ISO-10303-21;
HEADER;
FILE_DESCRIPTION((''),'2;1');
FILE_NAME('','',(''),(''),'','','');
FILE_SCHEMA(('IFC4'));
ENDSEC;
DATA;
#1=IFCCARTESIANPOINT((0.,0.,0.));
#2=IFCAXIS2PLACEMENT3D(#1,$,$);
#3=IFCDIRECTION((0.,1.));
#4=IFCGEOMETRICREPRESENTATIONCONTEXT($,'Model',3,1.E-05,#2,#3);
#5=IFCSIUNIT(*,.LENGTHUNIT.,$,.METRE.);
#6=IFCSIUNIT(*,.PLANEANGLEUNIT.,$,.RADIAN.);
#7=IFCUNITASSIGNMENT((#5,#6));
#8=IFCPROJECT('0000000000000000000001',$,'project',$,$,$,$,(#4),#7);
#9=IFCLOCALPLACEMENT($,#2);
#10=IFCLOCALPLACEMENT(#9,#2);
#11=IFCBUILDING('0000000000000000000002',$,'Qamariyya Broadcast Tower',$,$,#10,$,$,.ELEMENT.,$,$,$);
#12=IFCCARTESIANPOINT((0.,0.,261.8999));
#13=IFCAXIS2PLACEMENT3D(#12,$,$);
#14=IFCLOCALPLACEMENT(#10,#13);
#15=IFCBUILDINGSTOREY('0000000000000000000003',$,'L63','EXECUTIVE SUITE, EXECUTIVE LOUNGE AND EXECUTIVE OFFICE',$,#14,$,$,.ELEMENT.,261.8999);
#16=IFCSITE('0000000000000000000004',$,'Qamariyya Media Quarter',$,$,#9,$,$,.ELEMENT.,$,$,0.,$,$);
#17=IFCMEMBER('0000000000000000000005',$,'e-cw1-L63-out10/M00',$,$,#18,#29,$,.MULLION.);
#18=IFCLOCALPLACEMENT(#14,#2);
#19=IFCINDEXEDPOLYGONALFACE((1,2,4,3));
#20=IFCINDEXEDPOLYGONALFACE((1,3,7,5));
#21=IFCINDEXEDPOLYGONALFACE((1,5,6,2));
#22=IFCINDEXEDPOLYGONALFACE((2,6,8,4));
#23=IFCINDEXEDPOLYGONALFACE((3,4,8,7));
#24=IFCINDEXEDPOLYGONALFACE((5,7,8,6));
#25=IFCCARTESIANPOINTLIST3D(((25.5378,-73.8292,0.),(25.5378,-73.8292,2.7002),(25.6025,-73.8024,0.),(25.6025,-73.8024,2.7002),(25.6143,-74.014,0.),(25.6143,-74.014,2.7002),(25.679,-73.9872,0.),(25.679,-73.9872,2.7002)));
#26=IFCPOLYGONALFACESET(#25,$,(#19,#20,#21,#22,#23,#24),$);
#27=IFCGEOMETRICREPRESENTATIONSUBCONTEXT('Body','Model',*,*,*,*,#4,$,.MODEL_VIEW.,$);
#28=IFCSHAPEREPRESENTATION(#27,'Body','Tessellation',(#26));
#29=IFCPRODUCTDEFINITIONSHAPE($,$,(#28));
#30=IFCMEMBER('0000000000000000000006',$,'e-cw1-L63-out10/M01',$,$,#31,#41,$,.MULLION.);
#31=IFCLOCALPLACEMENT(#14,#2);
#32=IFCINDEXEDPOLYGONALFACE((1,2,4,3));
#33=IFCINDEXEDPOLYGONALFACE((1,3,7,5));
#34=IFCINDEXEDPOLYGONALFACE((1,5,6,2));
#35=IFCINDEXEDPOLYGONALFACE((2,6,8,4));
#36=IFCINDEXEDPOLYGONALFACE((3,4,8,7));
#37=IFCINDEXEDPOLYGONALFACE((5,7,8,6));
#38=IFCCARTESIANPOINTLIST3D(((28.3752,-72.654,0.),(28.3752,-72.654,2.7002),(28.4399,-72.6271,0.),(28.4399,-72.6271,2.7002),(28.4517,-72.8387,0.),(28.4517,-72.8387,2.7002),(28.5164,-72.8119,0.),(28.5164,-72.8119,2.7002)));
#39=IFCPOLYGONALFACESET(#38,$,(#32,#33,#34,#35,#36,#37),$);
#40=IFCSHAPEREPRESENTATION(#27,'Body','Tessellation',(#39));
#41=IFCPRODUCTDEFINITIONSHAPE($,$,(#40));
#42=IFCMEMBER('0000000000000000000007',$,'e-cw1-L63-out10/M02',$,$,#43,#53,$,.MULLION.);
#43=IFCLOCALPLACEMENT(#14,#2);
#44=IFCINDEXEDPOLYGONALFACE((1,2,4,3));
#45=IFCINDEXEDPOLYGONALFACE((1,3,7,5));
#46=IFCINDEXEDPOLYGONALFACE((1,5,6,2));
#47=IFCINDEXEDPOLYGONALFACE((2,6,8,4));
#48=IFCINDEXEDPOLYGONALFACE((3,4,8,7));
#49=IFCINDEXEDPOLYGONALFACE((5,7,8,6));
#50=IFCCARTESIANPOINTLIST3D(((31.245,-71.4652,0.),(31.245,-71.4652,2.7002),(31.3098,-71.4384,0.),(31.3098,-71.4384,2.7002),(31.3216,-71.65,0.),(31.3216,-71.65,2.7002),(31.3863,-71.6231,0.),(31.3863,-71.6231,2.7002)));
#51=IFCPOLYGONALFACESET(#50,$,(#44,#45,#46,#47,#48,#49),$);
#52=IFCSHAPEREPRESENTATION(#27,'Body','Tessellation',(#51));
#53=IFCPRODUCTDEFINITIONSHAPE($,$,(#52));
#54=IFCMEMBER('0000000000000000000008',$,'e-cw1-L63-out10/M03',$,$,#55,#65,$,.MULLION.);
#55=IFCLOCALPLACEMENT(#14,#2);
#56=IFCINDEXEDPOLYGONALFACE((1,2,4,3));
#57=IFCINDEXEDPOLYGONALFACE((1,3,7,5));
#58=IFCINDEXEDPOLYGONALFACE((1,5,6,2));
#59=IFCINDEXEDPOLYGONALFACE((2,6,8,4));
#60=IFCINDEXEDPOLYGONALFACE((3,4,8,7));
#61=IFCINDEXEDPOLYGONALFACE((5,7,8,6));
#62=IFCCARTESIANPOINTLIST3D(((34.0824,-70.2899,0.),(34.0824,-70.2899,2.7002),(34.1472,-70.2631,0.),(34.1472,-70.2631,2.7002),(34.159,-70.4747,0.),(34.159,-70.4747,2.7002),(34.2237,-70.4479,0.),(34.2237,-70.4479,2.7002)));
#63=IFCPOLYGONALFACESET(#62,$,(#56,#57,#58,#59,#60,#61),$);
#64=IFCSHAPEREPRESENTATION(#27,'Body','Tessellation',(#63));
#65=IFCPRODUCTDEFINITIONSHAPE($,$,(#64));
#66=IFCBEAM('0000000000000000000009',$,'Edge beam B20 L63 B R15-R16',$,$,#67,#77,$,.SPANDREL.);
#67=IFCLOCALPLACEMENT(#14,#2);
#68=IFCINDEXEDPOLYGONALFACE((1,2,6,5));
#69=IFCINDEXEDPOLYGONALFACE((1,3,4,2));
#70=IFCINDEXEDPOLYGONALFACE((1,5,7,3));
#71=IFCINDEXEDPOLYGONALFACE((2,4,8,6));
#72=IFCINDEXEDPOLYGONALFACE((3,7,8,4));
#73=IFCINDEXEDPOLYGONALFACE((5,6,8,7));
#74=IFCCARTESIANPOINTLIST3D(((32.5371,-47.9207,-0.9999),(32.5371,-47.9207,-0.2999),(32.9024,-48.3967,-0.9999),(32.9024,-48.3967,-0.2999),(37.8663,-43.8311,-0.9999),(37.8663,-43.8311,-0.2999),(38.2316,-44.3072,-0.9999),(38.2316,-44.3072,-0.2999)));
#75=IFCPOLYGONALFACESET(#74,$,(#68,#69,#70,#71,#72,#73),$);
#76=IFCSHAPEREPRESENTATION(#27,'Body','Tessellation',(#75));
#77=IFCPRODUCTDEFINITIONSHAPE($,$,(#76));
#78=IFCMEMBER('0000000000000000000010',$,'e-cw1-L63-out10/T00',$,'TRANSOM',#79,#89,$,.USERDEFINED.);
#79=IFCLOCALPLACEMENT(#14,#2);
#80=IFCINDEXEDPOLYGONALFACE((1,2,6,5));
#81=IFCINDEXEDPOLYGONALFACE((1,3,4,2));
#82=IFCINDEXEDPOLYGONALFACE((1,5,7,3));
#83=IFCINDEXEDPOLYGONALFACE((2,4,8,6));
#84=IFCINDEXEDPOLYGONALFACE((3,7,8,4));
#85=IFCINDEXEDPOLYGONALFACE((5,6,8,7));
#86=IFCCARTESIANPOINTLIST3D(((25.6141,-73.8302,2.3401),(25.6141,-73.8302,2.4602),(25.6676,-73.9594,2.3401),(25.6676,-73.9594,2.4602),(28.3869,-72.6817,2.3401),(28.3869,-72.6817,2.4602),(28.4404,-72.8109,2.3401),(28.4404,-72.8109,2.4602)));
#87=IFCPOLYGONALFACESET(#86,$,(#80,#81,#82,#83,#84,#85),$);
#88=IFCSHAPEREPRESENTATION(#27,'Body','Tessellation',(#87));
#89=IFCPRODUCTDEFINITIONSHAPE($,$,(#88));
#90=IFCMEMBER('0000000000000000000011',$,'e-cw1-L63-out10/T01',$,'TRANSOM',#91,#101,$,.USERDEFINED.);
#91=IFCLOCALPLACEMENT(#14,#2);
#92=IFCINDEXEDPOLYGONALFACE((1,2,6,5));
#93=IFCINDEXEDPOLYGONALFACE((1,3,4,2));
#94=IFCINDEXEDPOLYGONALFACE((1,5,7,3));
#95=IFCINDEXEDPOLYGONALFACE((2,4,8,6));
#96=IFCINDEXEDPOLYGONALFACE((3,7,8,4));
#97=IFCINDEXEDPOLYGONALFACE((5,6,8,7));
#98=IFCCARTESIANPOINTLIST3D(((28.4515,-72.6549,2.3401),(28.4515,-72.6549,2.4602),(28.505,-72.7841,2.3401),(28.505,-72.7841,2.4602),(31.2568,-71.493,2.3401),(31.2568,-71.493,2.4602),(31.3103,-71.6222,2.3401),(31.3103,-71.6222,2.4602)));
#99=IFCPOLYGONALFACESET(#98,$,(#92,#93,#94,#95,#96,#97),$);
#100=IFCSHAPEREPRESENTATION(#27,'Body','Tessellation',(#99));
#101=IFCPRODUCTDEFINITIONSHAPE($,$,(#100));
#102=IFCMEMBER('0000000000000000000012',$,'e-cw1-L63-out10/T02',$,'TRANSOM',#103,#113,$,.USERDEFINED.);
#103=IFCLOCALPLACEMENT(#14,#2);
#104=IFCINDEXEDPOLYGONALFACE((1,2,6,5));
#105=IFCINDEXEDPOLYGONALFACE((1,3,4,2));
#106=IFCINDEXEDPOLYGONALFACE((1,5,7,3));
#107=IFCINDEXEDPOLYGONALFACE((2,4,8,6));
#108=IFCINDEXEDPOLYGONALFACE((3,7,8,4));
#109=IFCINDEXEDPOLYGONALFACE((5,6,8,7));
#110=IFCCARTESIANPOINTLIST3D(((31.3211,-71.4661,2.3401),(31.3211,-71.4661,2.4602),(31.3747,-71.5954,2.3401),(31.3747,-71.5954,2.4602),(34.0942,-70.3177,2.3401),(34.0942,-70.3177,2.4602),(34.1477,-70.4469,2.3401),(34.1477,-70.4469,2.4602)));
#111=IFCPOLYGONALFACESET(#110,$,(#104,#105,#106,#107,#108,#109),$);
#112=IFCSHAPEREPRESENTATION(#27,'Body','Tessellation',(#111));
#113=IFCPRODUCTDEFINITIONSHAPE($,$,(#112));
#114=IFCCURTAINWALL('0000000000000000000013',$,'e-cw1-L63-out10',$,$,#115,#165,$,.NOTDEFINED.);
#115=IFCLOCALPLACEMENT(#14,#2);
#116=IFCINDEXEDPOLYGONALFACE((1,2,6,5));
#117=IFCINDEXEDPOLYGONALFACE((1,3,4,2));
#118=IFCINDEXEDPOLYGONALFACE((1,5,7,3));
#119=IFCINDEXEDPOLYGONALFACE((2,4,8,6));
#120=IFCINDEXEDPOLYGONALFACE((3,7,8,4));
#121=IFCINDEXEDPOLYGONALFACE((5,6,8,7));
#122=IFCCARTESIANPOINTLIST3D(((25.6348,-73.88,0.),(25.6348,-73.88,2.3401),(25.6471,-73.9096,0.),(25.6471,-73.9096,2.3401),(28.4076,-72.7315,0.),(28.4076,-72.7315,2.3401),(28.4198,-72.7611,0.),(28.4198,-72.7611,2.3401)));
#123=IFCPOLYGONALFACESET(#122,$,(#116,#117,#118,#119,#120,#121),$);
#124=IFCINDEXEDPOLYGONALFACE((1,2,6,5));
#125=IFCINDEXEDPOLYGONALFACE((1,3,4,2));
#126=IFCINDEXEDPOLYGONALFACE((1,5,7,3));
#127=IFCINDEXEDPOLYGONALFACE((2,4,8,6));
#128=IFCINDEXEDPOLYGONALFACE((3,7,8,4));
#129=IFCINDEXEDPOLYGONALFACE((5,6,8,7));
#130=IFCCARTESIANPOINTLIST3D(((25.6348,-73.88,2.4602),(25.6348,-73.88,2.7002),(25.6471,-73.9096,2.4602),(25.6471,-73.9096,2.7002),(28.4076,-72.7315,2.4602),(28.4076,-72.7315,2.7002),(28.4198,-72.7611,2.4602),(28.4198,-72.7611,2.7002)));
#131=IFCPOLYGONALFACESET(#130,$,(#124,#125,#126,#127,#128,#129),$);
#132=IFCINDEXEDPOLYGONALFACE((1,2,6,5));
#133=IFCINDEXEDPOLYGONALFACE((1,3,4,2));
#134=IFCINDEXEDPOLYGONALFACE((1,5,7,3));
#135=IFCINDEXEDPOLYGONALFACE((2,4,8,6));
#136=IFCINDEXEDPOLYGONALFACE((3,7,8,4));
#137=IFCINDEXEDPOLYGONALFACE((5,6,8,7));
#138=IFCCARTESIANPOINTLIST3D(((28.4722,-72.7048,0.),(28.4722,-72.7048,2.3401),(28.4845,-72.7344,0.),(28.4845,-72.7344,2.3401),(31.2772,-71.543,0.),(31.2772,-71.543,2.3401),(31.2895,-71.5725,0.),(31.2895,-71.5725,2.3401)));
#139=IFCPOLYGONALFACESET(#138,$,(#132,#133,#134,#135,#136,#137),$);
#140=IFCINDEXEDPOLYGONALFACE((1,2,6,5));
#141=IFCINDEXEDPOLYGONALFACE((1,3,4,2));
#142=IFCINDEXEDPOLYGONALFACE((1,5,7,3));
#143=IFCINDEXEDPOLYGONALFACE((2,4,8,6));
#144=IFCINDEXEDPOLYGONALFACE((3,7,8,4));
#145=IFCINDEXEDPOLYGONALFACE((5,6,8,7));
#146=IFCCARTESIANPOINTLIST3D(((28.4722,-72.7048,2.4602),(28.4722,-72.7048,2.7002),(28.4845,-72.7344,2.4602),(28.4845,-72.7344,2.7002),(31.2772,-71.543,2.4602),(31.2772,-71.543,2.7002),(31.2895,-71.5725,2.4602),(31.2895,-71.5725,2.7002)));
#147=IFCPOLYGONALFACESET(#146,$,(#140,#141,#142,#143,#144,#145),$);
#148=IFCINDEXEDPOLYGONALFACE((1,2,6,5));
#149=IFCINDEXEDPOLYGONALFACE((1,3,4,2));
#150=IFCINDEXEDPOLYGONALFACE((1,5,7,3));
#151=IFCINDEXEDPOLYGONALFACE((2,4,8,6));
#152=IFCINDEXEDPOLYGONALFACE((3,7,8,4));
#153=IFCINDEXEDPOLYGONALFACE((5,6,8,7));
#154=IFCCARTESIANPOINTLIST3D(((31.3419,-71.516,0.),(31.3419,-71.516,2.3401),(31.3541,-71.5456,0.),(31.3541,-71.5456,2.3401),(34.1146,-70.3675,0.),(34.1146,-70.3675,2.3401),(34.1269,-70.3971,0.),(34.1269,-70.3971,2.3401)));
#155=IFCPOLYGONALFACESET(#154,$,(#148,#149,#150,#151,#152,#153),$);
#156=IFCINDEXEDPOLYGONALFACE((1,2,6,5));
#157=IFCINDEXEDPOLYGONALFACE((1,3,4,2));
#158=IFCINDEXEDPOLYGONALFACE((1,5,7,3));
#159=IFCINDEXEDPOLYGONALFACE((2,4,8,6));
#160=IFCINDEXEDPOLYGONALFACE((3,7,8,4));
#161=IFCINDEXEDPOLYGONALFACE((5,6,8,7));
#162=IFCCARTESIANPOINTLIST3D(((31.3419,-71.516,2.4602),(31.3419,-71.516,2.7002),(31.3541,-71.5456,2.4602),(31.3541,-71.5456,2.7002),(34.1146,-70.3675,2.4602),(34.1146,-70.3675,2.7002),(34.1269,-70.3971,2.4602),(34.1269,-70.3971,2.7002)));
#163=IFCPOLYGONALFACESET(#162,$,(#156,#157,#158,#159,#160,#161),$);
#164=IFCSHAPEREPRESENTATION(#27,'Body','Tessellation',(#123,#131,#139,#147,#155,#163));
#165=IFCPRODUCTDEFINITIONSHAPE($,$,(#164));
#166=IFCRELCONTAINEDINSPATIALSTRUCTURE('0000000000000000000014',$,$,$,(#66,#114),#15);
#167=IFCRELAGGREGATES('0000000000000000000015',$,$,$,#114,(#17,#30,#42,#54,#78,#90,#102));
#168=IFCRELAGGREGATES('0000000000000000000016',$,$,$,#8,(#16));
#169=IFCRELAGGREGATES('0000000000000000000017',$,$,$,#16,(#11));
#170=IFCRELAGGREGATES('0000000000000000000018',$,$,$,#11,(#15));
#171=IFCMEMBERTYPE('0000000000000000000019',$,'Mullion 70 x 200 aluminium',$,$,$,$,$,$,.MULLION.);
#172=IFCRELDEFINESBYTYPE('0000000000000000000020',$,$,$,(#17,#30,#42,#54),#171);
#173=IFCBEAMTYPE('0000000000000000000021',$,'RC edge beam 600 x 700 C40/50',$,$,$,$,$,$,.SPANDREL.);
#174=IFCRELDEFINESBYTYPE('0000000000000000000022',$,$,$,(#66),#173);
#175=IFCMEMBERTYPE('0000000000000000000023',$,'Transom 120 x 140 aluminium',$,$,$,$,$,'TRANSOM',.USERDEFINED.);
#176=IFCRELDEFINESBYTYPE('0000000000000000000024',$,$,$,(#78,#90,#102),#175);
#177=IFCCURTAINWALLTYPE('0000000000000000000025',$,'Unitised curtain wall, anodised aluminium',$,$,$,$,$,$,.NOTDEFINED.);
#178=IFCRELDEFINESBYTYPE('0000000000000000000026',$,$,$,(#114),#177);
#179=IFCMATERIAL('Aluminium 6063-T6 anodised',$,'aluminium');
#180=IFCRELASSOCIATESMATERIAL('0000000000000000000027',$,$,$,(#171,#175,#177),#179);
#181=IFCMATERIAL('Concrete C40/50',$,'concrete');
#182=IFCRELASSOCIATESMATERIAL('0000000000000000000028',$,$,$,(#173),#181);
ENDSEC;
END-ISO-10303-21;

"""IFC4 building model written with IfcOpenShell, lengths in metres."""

from ifc_helpers import new_model, si_unit, direction, frame, origin, origin_2d, place, context, subcontext, project, spatial, rectangle, extrude, material, material_profile, profile_set, type_object, element, aggregate, save


model = new_model("IFC4")

# Units and contexts
model_context = context("Model", 3, precision=1e-05, world=origin(), true_north=direction((0.0, 1.0)))
body_context = subcontext(model_context, "Body", "Model", "MODEL_VIEW")
ifc_project = project(units=[si_unit("LENGTHUNIT", "METRE"), si_unit("PLANEANGLEUNIT", "RADIAN")], contexts=[model_context])

# Site, building, storey
site_placement = place(None, origin())
site = spatial("IfcSite", under=ifc_project, at=site_placement, Name="Qamariyya Media Quarter", CompositionType="ELEMENT", RefElevation=0.0)
building_placement = place(site_placement, origin())
building = spatial("IfcBuilding", under=site, at=building_placement, Name="Qamariyya Broadcast Tower", CompositionType="ELEMENT")
storey_placement = place(building_placement, frame((0.0, 0.0, 261.8999)))
storey = spatial("IfcBuildingStorey", under=building, at=storey_placement, Name="L63", Description="EXECUTIVE SUITE, EXECUTIVE LOUNGE AND EXECUTIVE OFFICE", CompositionType="ELEMENT", Elevation=261.8999)

# Members
ifc_material_1 = material(Name="Aluminium 6063-T6 anodised", Category="aluminium")
ifc_material_profile_1 = material_profile(ifc_material_1, rectangle(XDim=0.2, YDim=0.0701, at=origin_2d()))
ifc_profile_set_1 = profile_set([ifc_material_profile_1], Name="Aluminium 6063-T6 anodised")
member_type_1 = type_object("IfcMemberType", Name="Mullion 70 x 200 aluminium", PredefinedType="MULLION", material=ifc_profile_set_1)
member_1_placement = place(storey_placement, frame((25.6084, -73.9082, 0.0), z_axis=(0.0, 0.0, 1.0), x_axis=(-0.382683, 0.92388, 0.0)))
member_1 = element("IfcMember", 1, at=member_1_placement, type_object=member_type_1, Name="e-cw1-L63-out10/M00", PredefinedType="MULLION", context=body_context, shape_type="SweptSolid", body=[
    extrude(rectangle(XDim=0.2, YDim=0.0701, at=origin_2d()), origin(), (0.0, 0.0, 1.0), 2.7002),
])
member_2_placement = place(storey_placement, frame((28.4458, -72.7329, 0.0), z_axis=(0.0, 0.0, 1.0), x_axis=(-0.382683, 0.92388, 0.0)))
member_2 = element("IfcMember", 2, at=member_2_placement, type_object=member_type_1, Name="e-cw1-L63-out10/M01", PredefinedType="MULLION", context=body_context, shape_type="SweptSolid", body=[
    extrude(rectangle(XDim=0.2, YDim=0.0701, at=origin_2d()), origin(), (0.0, 0.0, 1.0), 2.7002),
])
member_3_placement = place(storey_placement, frame((31.3157, -71.5442, 0.0), z_axis=(0.0, 0.0, 1.0), x_axis=(-0.382683, 0.92388, 0.0)))
member_3 = element("IfcMember", 3, at=member_3_placement, type_object=member_type_1, Name="e-cw1-L63-out10/M02", PredefinedType="MULLION", context=body_context, shape_type="SweptSolid", body=[
    extrude(rectangle(XDim=0.2, YDim=0.0701, at=origin_2d()), origin(), (0.0, 0.0, 1.0), 2.7002),
])
member_4_placement = place(storey_placement, frame((34.1531, -70.3689, 0.0), z_axis=(0.0, 0.0, 1.0), x_axis=(-0.382683, 0.92388, 0.0)))
member_4 = element("IfcMember", 4, at=member_4_placement, type_object=member_type_1, Name="e-cw1-L63-out10/M03", PredefinedType="MULLION", context=body_context, shape_type="SweptSolid", body=[
    extrude(rectangle(XDim=0.2, YDim=0.0701, at=origin_2d()), origin(), (0.0, 0.0, 1.0), 2.7002),
])

# Beam
ifc_material_2 = material(Name="Concrete C40/50", Category="concrete")
ifc_material_profile_2 = material_profile(ifc_material_2, rectangle(XDim=0.6001, YDim=0.7, at=origin_2d()))
ifc_profile_set_2 = profile_set([ifc_material_profile_2], Name="Concrete C40/50")
beam_type = type_object("IfcBeamType", Name="RC edge beam 600 x 700 C40/50", PredefinedType="SPANDREL", material=ifc_profile_set_2)
beam_placement = place(storey_placement, frame((32.7197, -48.1587, -0.6499), z_axis=(0.793335, 0.608785, 0.0), x_axis=(-0.608785, 0.793335, 0.0)))
element("IfcBeam", 5, at=beam_placement, inside=storey, type_object=beam_type, Name="Edge beam B20 L63 B R15-R16", PredefinedType="SPANDREL", context=body_context, shape_type="SweptSolid", body=[
    extrude(rectangle(XDim=0.6001, YDim=0.7, at=origin_2d()), origin(), (0.0, 0.0, 1.0), 6.7175),
])

# Members
ifc_material_profile_3 = material_profile(ifc_material_1, rectangle(XDim=0.1399, YDim=0.1201, at=origin_2d()))
ifc_profile_set_3 = profile_set([ifc_material_profile_3], Name="Aluminium 6063-T6 anodised")
member_type_2 = type_object("IfcMemberType", Name="Transom 120 x 140 aluminium", ElementType="TRANSOM", PredefinedType="USERDEFINED", material=ifc_profile_set_3)
member_5_placement = place(storey_placement, frame((25.6409, -73.8948, 2.4001), z_axis=(0.923886, 0.382668, 0.0), x_axis=(-0.382668, 0.923886, 0.0)))
member_5 = element("IfcMember", 6, at=member_5_placement, type_object=member_type_2, Name="e-cw1-L63-out10/T00", ObjectType="TRANSOM", PredefinedType="USERDEFINED", context=body_context, shape_type="SweptSolid", body=[
    extrude(rectangle(XDim=0.1399, YDim=0.1201, at=origin_2d()), origin(), (0.0, 0.0, 1.0), 3.0012),
])
member_6_placement = place(storey_placement, frame((28.4783, -72.7195, 2.4001), z_axis=(0.923888, 0.382662, 0.0), x_axis=(-0.382662, 0.923888, 0.0)))
member_6 = element("IfcMember", 7, at=member_6_placement, type_object=member_type_2, Name="e-cw1-L63-out10/T01", ObjectType="TRANSOM", PredefinedType="USERDEFINED", context=body_context, shape_type="SweptSolid", body=[
    extrude(rectangle(XDim=0.1399, YDim=0.1201, at=origin_2d()), origin(), (0.0, 0.0, 1.0), 3.0364),
])
member_7_placement = place(storey_placement, frame((31.3479, -71.5308, 2.4001), z_axis=(0.923898, 0.382639, 0.0), x_axis=(-0.382639, 0.923898, 0.0)))
member_7 = element("IfcMember", 8, at=member_7_placement, type_object=member_type_2, Name="e-cw1-L63-out10/T02", ObjectType="TRANSOM", PredefinedType="USERDEFINED", context=body_context, shape_type="SweptSolid", body=[
    extrude(rectangle(XDim=0.1399, YDim=0.1201, at=origin_2d()), origin(), (0.0, 0.0, 1.0), 3.0015),
])

# Curtain wall
curtain_wall_type = type_object("IfcCurtainWallType", Name="Unitised curtain wall, anodised aluminium", PredefinedType="NOTDEFINED", material=ifc_material_1)
curtain_wall_1_placement = place(storey_placement, origin())
curtain_wall_1 = element("IfcCurtainWall", 9, at=curtain_wall_1_placement, inside=storey, type_object=curtain_wall_type, Name="e-cw1-L63-out10", PredefinedType="NOTDEFINED", context=body_context, shape_type="SweptSolid", body=[
    extrude(rectangle(XDim=3.0012, YDim=0.032, at=origin_2d()), frame((27.0273, -73.3206, 0.0), x_axis=(0.923878, 0.382687, 0.0)), (0.0, 0.0, 1.0), 2.3401),
    extrude(rectangle(XDim=3.0012, YDim=0.032, at=origin_2d()), frame((27.0273, -73.3206, 2.4602), x_axis=(0.923878, 0.382687, 0.0)), (0.0, 0.0, 1.0), 0.24),
    extrude(rectangle(XDim=3.0361, YDim=0.032, at=origin_2d()), frame((29.8809, -72.1387, 0.0), x_axis=(0.923878, 0.382687, 0.0)), (0.0, 0.0, 1.0), 2.3401),
    extrude(rectangle(XDim=3.0361, YDim=0.032, at=origin_2d()), frame((29.8809, -72.1387, 2.4602), x_axis=(0.923878, 0.382687, 0.0)), (0.0, 0.0, 1.0), 0.24),
    extrude(rectangle(XDim=3.0012, YDim=0.032, at=origin_2d()), frame((32.7344, -70.9565, 0.0), x_axis=(0.923878, 0.382687, 0.0)), (0.0, 0.0, 1.0), 2.3401),
    extrude(rectangle(XDim=3.0012, YDim=0.032, at=origin_2d()), frame((32.7344, -70.9565, 2.4602), x_axis=(0.923878, 0.382687, 0.0)), (0.0, 0.0, 1.0), 0.24),
])
aggregate(curtain_wall_1, [member_1, member_2, member_3, member_4, member_5, member_6, member_7])

save(model, "model.ifc")
